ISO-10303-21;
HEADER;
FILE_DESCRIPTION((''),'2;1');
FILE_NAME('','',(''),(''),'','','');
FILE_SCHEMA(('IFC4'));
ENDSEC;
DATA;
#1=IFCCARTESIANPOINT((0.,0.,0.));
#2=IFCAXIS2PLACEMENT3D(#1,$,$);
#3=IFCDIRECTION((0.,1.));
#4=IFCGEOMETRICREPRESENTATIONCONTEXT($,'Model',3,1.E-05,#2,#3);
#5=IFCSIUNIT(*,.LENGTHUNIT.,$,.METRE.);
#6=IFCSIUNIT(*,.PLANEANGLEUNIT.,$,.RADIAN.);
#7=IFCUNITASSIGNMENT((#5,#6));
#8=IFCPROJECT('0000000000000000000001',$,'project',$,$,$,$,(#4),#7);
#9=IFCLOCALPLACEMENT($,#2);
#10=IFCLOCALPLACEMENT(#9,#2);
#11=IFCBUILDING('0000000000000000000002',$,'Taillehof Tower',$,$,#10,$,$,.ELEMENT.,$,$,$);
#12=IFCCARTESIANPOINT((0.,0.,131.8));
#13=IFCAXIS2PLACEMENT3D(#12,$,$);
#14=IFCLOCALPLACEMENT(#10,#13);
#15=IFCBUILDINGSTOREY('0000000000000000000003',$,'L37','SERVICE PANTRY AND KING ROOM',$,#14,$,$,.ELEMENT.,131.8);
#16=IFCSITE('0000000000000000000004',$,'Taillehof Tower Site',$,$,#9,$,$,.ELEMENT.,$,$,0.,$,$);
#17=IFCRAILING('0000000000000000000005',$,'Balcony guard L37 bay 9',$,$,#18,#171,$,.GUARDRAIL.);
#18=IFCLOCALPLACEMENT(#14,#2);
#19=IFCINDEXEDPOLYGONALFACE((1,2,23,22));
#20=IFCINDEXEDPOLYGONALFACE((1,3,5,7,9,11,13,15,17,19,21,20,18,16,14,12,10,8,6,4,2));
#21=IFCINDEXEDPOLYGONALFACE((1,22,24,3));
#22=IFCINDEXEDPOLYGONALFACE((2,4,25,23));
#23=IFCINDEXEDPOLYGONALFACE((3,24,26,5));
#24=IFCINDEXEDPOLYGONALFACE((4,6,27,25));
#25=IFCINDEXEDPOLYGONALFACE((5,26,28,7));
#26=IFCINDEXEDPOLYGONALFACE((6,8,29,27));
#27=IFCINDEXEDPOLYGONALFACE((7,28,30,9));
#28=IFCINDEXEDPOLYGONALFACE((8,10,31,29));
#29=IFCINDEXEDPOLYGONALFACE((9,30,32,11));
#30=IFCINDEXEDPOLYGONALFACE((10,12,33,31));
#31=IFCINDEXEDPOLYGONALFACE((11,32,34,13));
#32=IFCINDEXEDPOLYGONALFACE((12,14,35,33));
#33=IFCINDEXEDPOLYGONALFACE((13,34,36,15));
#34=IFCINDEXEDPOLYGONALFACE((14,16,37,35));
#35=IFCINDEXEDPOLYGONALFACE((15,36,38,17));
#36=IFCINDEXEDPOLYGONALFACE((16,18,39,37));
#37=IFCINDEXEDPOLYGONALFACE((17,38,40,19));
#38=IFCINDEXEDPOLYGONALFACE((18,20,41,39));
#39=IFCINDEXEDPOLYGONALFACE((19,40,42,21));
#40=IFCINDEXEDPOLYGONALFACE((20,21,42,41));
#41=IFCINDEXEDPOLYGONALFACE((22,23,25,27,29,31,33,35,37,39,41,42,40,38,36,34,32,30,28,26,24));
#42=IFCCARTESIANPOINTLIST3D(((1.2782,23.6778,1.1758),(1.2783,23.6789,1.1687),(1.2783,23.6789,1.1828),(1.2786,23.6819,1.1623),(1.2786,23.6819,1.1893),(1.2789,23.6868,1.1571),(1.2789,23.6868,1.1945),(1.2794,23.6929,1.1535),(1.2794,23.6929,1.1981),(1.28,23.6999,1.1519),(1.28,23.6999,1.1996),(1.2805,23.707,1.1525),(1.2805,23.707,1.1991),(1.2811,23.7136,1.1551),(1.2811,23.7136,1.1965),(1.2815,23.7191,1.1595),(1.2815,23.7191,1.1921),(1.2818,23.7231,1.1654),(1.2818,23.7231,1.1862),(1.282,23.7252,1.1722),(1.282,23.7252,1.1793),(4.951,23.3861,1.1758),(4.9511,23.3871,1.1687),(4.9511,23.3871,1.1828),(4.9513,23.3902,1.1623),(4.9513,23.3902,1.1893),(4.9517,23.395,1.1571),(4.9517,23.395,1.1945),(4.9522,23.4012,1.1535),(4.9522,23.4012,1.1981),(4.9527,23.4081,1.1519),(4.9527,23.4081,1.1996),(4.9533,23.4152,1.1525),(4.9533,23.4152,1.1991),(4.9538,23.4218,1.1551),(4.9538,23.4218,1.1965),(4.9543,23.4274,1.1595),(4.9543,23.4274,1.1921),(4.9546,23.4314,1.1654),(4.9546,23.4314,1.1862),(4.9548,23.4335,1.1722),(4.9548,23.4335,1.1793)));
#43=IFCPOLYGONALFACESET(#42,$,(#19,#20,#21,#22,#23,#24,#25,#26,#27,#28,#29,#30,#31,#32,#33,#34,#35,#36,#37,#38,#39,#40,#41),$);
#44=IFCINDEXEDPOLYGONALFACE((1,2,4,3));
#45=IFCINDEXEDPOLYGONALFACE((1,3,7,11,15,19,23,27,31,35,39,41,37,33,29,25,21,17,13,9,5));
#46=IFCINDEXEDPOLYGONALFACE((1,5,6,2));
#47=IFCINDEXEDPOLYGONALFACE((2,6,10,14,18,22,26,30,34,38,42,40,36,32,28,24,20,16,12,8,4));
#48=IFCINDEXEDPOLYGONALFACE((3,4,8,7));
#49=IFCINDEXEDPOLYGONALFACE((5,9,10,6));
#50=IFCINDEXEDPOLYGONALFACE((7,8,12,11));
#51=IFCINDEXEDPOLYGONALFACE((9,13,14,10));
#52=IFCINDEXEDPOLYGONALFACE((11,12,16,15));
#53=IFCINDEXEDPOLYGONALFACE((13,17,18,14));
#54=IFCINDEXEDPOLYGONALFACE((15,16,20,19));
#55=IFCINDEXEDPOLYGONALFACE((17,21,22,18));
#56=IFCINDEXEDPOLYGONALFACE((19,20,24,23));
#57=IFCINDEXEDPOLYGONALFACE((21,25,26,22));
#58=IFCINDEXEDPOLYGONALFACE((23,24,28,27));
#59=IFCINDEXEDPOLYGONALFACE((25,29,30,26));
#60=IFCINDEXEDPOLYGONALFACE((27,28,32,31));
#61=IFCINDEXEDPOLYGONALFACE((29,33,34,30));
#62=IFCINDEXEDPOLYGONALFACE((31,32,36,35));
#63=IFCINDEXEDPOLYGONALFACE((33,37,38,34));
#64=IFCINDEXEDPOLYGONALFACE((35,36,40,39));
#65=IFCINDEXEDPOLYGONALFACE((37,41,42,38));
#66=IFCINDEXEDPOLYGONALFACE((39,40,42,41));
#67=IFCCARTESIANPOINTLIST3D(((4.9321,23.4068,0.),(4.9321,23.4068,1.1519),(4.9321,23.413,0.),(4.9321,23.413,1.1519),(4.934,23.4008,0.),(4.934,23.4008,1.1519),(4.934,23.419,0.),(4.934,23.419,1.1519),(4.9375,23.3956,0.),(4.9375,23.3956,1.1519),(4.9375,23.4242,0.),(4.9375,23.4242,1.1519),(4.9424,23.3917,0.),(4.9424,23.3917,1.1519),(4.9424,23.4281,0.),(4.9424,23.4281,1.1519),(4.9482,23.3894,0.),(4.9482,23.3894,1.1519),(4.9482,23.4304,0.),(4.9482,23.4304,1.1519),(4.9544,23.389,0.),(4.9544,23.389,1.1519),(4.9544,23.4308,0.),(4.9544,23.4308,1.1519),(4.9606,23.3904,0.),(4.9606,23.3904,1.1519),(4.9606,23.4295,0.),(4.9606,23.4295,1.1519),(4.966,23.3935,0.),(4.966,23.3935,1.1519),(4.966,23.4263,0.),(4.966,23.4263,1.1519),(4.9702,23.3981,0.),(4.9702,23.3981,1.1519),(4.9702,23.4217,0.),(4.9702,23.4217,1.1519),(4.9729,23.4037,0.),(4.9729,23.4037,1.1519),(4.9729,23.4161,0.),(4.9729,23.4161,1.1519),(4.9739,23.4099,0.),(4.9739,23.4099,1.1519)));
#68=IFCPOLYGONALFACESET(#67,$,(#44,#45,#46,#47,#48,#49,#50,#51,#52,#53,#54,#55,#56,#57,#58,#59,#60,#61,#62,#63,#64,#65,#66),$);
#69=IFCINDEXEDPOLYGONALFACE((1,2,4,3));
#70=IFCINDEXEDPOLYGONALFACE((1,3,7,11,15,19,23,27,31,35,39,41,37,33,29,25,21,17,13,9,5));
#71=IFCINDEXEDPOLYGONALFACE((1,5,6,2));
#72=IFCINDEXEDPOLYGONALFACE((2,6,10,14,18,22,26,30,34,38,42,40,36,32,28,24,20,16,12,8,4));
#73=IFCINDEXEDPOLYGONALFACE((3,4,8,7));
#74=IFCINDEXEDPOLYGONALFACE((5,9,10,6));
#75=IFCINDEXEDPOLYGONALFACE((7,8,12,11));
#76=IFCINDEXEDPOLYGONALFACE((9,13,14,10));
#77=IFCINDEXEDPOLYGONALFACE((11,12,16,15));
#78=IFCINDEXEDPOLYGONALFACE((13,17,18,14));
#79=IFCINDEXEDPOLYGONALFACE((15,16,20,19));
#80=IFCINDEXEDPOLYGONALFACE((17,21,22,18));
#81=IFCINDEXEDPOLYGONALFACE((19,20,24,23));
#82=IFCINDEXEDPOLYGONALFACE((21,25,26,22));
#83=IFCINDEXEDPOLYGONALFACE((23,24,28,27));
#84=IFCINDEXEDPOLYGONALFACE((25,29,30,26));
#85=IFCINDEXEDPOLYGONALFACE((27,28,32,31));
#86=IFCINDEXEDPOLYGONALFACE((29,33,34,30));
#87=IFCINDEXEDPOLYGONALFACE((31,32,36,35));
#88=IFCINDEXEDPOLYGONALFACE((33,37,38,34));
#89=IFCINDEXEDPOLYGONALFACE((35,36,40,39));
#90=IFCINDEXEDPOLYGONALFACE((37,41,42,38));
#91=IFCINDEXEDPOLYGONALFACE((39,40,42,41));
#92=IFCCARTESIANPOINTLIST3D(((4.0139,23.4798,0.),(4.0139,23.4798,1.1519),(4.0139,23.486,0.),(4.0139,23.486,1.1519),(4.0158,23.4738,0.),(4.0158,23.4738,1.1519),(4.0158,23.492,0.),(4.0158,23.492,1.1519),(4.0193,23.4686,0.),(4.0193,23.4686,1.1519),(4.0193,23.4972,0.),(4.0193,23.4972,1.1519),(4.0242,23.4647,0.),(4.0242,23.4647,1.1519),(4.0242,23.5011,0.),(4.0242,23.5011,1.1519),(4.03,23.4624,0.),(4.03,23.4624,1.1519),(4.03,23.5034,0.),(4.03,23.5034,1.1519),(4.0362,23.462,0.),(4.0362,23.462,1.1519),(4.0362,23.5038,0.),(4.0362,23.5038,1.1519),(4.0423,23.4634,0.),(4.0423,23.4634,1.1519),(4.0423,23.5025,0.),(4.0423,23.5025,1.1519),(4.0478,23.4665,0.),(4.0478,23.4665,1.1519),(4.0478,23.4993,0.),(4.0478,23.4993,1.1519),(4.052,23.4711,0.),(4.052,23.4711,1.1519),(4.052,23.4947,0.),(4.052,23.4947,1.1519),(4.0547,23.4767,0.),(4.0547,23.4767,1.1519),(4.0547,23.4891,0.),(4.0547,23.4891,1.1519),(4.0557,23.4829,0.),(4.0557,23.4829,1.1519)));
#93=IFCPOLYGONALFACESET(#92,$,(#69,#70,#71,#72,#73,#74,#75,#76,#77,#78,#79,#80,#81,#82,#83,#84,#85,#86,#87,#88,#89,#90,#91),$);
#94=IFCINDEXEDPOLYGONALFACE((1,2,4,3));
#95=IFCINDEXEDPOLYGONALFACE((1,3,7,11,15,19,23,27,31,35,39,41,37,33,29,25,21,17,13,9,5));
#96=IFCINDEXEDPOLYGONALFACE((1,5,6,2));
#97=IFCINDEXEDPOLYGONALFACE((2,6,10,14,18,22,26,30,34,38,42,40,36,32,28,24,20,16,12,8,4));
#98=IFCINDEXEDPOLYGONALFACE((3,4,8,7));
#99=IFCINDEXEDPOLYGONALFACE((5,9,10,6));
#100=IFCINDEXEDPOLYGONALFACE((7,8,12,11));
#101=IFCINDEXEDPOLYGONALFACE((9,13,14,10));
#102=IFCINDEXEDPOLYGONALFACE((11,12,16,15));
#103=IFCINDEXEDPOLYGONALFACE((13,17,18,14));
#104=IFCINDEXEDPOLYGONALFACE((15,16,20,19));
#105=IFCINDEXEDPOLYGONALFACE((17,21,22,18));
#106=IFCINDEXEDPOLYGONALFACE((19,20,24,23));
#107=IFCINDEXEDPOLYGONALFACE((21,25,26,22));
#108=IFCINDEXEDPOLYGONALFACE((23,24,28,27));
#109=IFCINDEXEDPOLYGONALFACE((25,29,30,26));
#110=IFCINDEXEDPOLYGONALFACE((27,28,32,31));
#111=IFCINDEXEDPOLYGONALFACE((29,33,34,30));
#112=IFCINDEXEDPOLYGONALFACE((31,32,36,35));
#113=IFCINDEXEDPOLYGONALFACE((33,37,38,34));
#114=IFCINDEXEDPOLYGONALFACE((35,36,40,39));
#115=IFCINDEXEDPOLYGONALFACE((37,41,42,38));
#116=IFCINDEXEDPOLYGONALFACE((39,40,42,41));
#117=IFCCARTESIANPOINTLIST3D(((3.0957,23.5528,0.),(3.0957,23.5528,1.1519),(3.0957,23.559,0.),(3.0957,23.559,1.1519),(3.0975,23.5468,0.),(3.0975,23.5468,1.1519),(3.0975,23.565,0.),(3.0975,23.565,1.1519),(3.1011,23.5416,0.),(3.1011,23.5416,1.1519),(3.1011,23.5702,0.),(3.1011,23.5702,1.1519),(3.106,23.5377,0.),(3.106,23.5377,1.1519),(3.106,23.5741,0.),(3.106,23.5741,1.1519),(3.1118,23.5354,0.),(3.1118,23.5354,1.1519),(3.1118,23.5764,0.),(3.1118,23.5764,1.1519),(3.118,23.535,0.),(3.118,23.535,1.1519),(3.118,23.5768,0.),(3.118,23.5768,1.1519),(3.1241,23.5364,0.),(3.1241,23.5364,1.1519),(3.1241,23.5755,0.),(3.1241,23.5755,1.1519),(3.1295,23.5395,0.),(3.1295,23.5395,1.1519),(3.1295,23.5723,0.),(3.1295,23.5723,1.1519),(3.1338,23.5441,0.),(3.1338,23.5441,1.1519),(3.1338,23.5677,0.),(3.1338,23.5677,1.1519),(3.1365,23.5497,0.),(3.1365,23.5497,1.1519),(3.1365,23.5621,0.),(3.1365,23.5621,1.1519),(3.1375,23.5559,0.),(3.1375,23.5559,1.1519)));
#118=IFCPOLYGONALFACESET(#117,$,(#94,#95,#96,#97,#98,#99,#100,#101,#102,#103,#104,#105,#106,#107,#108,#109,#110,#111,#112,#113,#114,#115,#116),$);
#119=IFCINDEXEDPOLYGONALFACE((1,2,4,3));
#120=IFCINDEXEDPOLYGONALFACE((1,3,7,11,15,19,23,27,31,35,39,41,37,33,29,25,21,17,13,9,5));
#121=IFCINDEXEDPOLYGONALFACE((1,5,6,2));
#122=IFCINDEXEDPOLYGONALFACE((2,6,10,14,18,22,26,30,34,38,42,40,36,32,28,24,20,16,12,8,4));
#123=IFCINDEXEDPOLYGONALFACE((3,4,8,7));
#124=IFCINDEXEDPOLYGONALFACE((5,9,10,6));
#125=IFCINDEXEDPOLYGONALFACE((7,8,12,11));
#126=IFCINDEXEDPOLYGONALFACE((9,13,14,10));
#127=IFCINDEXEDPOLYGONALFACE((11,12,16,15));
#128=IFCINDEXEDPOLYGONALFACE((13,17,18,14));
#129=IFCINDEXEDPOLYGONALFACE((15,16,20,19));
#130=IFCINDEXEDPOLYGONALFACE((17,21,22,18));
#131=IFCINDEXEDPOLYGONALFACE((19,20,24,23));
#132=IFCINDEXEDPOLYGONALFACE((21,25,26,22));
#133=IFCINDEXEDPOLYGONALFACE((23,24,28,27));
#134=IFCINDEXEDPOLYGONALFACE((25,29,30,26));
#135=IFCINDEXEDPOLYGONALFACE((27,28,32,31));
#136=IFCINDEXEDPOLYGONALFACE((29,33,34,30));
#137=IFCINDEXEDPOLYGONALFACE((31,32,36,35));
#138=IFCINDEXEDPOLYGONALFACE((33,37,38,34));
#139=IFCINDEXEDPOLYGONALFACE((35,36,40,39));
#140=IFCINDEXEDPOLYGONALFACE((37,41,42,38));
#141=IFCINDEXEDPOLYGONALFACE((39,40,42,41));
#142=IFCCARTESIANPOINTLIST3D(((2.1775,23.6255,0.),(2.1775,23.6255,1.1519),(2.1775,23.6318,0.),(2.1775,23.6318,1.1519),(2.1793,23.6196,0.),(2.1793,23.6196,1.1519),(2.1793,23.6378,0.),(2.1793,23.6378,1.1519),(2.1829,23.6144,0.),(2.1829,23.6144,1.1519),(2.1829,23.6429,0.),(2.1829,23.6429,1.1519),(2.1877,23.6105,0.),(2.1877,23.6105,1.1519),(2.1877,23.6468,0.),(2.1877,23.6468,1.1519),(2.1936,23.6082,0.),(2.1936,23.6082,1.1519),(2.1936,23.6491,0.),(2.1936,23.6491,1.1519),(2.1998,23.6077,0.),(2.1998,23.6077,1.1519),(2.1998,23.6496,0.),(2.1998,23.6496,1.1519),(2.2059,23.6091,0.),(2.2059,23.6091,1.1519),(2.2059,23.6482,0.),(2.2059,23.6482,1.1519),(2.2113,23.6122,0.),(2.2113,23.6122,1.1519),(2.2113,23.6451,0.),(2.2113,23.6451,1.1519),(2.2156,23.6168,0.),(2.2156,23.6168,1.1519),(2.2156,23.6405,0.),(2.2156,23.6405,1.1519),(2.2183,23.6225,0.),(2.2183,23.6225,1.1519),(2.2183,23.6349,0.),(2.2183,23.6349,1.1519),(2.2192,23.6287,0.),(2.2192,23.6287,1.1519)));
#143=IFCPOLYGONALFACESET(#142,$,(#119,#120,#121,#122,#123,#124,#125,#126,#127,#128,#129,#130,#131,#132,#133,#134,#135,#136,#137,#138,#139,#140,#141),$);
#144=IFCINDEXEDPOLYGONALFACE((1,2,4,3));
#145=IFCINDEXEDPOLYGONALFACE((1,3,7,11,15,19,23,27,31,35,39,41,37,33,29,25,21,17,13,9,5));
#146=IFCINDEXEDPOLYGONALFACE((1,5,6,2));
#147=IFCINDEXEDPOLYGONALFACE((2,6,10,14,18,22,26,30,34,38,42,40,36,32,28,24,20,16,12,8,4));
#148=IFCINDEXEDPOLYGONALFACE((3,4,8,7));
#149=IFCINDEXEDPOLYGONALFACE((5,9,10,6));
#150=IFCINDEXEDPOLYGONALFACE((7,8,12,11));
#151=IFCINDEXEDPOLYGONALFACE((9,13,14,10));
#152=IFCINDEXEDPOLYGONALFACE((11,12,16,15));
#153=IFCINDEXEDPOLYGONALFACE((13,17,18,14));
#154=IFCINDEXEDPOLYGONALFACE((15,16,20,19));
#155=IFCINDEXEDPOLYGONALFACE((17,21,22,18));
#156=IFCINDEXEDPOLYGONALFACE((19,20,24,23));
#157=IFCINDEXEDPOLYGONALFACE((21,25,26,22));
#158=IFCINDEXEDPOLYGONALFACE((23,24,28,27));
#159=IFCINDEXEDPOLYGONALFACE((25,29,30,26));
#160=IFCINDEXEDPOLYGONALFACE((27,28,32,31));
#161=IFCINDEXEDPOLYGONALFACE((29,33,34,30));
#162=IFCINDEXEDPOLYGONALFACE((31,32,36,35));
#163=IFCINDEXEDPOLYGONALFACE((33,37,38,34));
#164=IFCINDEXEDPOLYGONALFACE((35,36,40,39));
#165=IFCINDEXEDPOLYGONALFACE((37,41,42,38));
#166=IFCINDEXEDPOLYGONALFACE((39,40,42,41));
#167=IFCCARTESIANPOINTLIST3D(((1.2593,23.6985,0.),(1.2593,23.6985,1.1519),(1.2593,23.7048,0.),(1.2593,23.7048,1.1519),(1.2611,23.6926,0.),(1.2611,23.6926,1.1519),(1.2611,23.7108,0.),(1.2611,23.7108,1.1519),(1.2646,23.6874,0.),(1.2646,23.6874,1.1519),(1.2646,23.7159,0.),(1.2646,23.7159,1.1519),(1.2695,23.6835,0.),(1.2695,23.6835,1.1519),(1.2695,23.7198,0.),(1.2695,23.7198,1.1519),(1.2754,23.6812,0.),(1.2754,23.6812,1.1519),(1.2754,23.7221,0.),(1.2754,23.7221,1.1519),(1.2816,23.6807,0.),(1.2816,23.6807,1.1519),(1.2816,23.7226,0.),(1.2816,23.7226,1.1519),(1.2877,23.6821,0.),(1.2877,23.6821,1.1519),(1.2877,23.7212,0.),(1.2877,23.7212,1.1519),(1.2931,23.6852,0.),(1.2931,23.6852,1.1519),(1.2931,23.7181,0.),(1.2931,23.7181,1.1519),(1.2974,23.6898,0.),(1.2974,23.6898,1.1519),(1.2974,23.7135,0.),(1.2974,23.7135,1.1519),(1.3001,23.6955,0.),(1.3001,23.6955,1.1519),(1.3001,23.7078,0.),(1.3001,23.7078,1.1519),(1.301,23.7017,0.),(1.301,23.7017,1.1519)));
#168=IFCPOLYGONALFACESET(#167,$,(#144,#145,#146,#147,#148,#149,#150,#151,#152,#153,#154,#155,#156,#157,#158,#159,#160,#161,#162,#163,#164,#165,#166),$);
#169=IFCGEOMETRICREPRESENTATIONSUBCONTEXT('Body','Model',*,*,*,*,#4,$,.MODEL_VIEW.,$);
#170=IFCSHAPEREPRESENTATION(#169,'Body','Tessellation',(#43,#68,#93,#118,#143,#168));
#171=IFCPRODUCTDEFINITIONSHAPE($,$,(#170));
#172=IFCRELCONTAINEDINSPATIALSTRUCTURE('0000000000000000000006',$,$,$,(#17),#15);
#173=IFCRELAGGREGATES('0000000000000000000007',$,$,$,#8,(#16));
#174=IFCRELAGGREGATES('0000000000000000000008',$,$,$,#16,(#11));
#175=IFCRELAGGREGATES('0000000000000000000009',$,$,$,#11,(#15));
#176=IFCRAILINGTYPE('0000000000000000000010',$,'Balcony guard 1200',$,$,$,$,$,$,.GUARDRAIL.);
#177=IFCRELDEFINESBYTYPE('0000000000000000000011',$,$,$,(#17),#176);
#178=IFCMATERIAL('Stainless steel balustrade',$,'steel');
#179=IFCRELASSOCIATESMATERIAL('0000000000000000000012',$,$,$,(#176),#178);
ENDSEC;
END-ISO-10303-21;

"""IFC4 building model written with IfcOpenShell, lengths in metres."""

from ifc_helpers import new_model, si_unit, direction, frame, origin, origin_2d, place, context, subcontext, project, spatial, circle, extrude, material, type_object, element, save


model = new_model("IFC4")

# Units and contexts
model_context = context("Model", 3, precision=1e-05, world=origin(), true_north=direction((0.0, 1.0)))
body_context = subcontext(model_context, "Body", "Model", "MODEL_VIEW")
ifc_project = project(units=[si_unit("LENGTHUNIT", "METRE"), si_unit("PLANEANGLEUNIT", "RADIAN")], contexts=[model_context])

# Site, building, storey
site_placement = place(None, origin())
site = spatial("IfcSite", under=ifc_project, at=site_placement, Name="Taillehof Tower Site", CompositionType="ELEMENT", RefElevation=0.0)
building_placement = place(site_placement, origin())
building = spatial("IfcBuilding", under=site, at=building_placement, Name="Taillehof Tower", CompositionType="ELEMENT")
storey_placement = place(building_placement, frame((0.0, 0.0, 131.8)))
storey = spatial("IfcBuildingStorey", under=building, at=storey_placement, Name="L37", Description="SERVICE PANTRY AND KING ROOM", CompositionType="ELEMENT", Elevation=131.8)

# Railing
ifc_material_1 = material(Name="Stainless steel balustrade", Category="steel")
railing_type = type_object("IfcRailingType", Name="Balcony guard 1200", PredefinedType="GUARDRAIL", material=ifc_material_1)
railing_1_placement = place(storey_placement, frame((4.9529, 23.4099, 0.0)))
element("IfcRailing", 1, at=railing_1_placement, inside=storey, type_object=railing_type, Name="Balcony guard L37 bay 9", PredefinedType="GUARDRAIL", context=body_context, shape_type="SweptSolid", body=[
    extrude(circle(Radius=0.0239, at=origin_2d()), frame((0.0, 0.0, 1.1758), z_axis=(-0.99686, 0.079184, 0.0), x_axis=(-0.079184, -0.99686, 0.0)), (0.0, 0.0, 1.0), 3.6843),
    extrude(circle(Radius=0.021, at=origin_2d()), origin(), (0.0, 0.0, 1.0), 1.1519),
    extrude(circle(Radius=0.021, at=origin_2d()), frame((-0.9182, 0.073, 0.0)), (0.0, 0.0, 1.0), 1.1519),
    extrude(circle(Radius=0.021, at=origin_2d()), frame((-1.8364, 0.146, 0.0)), (0.0, 0.0, 1.0), 1.1519),
    extrude(circle(Radius=0.021, at=origin_2d()), frame((-2.7546, 0.2188, 0.0)), (0.0, 0.0, 1.0), 1.1519),
    extrude(circle(Radius=0.021, at=origin_2d()), frame((-3.6729, 0.2917, 0.0)), (0.0, 0.0, 1.0), 1.1519),
])

save(model, "model.ifc")
